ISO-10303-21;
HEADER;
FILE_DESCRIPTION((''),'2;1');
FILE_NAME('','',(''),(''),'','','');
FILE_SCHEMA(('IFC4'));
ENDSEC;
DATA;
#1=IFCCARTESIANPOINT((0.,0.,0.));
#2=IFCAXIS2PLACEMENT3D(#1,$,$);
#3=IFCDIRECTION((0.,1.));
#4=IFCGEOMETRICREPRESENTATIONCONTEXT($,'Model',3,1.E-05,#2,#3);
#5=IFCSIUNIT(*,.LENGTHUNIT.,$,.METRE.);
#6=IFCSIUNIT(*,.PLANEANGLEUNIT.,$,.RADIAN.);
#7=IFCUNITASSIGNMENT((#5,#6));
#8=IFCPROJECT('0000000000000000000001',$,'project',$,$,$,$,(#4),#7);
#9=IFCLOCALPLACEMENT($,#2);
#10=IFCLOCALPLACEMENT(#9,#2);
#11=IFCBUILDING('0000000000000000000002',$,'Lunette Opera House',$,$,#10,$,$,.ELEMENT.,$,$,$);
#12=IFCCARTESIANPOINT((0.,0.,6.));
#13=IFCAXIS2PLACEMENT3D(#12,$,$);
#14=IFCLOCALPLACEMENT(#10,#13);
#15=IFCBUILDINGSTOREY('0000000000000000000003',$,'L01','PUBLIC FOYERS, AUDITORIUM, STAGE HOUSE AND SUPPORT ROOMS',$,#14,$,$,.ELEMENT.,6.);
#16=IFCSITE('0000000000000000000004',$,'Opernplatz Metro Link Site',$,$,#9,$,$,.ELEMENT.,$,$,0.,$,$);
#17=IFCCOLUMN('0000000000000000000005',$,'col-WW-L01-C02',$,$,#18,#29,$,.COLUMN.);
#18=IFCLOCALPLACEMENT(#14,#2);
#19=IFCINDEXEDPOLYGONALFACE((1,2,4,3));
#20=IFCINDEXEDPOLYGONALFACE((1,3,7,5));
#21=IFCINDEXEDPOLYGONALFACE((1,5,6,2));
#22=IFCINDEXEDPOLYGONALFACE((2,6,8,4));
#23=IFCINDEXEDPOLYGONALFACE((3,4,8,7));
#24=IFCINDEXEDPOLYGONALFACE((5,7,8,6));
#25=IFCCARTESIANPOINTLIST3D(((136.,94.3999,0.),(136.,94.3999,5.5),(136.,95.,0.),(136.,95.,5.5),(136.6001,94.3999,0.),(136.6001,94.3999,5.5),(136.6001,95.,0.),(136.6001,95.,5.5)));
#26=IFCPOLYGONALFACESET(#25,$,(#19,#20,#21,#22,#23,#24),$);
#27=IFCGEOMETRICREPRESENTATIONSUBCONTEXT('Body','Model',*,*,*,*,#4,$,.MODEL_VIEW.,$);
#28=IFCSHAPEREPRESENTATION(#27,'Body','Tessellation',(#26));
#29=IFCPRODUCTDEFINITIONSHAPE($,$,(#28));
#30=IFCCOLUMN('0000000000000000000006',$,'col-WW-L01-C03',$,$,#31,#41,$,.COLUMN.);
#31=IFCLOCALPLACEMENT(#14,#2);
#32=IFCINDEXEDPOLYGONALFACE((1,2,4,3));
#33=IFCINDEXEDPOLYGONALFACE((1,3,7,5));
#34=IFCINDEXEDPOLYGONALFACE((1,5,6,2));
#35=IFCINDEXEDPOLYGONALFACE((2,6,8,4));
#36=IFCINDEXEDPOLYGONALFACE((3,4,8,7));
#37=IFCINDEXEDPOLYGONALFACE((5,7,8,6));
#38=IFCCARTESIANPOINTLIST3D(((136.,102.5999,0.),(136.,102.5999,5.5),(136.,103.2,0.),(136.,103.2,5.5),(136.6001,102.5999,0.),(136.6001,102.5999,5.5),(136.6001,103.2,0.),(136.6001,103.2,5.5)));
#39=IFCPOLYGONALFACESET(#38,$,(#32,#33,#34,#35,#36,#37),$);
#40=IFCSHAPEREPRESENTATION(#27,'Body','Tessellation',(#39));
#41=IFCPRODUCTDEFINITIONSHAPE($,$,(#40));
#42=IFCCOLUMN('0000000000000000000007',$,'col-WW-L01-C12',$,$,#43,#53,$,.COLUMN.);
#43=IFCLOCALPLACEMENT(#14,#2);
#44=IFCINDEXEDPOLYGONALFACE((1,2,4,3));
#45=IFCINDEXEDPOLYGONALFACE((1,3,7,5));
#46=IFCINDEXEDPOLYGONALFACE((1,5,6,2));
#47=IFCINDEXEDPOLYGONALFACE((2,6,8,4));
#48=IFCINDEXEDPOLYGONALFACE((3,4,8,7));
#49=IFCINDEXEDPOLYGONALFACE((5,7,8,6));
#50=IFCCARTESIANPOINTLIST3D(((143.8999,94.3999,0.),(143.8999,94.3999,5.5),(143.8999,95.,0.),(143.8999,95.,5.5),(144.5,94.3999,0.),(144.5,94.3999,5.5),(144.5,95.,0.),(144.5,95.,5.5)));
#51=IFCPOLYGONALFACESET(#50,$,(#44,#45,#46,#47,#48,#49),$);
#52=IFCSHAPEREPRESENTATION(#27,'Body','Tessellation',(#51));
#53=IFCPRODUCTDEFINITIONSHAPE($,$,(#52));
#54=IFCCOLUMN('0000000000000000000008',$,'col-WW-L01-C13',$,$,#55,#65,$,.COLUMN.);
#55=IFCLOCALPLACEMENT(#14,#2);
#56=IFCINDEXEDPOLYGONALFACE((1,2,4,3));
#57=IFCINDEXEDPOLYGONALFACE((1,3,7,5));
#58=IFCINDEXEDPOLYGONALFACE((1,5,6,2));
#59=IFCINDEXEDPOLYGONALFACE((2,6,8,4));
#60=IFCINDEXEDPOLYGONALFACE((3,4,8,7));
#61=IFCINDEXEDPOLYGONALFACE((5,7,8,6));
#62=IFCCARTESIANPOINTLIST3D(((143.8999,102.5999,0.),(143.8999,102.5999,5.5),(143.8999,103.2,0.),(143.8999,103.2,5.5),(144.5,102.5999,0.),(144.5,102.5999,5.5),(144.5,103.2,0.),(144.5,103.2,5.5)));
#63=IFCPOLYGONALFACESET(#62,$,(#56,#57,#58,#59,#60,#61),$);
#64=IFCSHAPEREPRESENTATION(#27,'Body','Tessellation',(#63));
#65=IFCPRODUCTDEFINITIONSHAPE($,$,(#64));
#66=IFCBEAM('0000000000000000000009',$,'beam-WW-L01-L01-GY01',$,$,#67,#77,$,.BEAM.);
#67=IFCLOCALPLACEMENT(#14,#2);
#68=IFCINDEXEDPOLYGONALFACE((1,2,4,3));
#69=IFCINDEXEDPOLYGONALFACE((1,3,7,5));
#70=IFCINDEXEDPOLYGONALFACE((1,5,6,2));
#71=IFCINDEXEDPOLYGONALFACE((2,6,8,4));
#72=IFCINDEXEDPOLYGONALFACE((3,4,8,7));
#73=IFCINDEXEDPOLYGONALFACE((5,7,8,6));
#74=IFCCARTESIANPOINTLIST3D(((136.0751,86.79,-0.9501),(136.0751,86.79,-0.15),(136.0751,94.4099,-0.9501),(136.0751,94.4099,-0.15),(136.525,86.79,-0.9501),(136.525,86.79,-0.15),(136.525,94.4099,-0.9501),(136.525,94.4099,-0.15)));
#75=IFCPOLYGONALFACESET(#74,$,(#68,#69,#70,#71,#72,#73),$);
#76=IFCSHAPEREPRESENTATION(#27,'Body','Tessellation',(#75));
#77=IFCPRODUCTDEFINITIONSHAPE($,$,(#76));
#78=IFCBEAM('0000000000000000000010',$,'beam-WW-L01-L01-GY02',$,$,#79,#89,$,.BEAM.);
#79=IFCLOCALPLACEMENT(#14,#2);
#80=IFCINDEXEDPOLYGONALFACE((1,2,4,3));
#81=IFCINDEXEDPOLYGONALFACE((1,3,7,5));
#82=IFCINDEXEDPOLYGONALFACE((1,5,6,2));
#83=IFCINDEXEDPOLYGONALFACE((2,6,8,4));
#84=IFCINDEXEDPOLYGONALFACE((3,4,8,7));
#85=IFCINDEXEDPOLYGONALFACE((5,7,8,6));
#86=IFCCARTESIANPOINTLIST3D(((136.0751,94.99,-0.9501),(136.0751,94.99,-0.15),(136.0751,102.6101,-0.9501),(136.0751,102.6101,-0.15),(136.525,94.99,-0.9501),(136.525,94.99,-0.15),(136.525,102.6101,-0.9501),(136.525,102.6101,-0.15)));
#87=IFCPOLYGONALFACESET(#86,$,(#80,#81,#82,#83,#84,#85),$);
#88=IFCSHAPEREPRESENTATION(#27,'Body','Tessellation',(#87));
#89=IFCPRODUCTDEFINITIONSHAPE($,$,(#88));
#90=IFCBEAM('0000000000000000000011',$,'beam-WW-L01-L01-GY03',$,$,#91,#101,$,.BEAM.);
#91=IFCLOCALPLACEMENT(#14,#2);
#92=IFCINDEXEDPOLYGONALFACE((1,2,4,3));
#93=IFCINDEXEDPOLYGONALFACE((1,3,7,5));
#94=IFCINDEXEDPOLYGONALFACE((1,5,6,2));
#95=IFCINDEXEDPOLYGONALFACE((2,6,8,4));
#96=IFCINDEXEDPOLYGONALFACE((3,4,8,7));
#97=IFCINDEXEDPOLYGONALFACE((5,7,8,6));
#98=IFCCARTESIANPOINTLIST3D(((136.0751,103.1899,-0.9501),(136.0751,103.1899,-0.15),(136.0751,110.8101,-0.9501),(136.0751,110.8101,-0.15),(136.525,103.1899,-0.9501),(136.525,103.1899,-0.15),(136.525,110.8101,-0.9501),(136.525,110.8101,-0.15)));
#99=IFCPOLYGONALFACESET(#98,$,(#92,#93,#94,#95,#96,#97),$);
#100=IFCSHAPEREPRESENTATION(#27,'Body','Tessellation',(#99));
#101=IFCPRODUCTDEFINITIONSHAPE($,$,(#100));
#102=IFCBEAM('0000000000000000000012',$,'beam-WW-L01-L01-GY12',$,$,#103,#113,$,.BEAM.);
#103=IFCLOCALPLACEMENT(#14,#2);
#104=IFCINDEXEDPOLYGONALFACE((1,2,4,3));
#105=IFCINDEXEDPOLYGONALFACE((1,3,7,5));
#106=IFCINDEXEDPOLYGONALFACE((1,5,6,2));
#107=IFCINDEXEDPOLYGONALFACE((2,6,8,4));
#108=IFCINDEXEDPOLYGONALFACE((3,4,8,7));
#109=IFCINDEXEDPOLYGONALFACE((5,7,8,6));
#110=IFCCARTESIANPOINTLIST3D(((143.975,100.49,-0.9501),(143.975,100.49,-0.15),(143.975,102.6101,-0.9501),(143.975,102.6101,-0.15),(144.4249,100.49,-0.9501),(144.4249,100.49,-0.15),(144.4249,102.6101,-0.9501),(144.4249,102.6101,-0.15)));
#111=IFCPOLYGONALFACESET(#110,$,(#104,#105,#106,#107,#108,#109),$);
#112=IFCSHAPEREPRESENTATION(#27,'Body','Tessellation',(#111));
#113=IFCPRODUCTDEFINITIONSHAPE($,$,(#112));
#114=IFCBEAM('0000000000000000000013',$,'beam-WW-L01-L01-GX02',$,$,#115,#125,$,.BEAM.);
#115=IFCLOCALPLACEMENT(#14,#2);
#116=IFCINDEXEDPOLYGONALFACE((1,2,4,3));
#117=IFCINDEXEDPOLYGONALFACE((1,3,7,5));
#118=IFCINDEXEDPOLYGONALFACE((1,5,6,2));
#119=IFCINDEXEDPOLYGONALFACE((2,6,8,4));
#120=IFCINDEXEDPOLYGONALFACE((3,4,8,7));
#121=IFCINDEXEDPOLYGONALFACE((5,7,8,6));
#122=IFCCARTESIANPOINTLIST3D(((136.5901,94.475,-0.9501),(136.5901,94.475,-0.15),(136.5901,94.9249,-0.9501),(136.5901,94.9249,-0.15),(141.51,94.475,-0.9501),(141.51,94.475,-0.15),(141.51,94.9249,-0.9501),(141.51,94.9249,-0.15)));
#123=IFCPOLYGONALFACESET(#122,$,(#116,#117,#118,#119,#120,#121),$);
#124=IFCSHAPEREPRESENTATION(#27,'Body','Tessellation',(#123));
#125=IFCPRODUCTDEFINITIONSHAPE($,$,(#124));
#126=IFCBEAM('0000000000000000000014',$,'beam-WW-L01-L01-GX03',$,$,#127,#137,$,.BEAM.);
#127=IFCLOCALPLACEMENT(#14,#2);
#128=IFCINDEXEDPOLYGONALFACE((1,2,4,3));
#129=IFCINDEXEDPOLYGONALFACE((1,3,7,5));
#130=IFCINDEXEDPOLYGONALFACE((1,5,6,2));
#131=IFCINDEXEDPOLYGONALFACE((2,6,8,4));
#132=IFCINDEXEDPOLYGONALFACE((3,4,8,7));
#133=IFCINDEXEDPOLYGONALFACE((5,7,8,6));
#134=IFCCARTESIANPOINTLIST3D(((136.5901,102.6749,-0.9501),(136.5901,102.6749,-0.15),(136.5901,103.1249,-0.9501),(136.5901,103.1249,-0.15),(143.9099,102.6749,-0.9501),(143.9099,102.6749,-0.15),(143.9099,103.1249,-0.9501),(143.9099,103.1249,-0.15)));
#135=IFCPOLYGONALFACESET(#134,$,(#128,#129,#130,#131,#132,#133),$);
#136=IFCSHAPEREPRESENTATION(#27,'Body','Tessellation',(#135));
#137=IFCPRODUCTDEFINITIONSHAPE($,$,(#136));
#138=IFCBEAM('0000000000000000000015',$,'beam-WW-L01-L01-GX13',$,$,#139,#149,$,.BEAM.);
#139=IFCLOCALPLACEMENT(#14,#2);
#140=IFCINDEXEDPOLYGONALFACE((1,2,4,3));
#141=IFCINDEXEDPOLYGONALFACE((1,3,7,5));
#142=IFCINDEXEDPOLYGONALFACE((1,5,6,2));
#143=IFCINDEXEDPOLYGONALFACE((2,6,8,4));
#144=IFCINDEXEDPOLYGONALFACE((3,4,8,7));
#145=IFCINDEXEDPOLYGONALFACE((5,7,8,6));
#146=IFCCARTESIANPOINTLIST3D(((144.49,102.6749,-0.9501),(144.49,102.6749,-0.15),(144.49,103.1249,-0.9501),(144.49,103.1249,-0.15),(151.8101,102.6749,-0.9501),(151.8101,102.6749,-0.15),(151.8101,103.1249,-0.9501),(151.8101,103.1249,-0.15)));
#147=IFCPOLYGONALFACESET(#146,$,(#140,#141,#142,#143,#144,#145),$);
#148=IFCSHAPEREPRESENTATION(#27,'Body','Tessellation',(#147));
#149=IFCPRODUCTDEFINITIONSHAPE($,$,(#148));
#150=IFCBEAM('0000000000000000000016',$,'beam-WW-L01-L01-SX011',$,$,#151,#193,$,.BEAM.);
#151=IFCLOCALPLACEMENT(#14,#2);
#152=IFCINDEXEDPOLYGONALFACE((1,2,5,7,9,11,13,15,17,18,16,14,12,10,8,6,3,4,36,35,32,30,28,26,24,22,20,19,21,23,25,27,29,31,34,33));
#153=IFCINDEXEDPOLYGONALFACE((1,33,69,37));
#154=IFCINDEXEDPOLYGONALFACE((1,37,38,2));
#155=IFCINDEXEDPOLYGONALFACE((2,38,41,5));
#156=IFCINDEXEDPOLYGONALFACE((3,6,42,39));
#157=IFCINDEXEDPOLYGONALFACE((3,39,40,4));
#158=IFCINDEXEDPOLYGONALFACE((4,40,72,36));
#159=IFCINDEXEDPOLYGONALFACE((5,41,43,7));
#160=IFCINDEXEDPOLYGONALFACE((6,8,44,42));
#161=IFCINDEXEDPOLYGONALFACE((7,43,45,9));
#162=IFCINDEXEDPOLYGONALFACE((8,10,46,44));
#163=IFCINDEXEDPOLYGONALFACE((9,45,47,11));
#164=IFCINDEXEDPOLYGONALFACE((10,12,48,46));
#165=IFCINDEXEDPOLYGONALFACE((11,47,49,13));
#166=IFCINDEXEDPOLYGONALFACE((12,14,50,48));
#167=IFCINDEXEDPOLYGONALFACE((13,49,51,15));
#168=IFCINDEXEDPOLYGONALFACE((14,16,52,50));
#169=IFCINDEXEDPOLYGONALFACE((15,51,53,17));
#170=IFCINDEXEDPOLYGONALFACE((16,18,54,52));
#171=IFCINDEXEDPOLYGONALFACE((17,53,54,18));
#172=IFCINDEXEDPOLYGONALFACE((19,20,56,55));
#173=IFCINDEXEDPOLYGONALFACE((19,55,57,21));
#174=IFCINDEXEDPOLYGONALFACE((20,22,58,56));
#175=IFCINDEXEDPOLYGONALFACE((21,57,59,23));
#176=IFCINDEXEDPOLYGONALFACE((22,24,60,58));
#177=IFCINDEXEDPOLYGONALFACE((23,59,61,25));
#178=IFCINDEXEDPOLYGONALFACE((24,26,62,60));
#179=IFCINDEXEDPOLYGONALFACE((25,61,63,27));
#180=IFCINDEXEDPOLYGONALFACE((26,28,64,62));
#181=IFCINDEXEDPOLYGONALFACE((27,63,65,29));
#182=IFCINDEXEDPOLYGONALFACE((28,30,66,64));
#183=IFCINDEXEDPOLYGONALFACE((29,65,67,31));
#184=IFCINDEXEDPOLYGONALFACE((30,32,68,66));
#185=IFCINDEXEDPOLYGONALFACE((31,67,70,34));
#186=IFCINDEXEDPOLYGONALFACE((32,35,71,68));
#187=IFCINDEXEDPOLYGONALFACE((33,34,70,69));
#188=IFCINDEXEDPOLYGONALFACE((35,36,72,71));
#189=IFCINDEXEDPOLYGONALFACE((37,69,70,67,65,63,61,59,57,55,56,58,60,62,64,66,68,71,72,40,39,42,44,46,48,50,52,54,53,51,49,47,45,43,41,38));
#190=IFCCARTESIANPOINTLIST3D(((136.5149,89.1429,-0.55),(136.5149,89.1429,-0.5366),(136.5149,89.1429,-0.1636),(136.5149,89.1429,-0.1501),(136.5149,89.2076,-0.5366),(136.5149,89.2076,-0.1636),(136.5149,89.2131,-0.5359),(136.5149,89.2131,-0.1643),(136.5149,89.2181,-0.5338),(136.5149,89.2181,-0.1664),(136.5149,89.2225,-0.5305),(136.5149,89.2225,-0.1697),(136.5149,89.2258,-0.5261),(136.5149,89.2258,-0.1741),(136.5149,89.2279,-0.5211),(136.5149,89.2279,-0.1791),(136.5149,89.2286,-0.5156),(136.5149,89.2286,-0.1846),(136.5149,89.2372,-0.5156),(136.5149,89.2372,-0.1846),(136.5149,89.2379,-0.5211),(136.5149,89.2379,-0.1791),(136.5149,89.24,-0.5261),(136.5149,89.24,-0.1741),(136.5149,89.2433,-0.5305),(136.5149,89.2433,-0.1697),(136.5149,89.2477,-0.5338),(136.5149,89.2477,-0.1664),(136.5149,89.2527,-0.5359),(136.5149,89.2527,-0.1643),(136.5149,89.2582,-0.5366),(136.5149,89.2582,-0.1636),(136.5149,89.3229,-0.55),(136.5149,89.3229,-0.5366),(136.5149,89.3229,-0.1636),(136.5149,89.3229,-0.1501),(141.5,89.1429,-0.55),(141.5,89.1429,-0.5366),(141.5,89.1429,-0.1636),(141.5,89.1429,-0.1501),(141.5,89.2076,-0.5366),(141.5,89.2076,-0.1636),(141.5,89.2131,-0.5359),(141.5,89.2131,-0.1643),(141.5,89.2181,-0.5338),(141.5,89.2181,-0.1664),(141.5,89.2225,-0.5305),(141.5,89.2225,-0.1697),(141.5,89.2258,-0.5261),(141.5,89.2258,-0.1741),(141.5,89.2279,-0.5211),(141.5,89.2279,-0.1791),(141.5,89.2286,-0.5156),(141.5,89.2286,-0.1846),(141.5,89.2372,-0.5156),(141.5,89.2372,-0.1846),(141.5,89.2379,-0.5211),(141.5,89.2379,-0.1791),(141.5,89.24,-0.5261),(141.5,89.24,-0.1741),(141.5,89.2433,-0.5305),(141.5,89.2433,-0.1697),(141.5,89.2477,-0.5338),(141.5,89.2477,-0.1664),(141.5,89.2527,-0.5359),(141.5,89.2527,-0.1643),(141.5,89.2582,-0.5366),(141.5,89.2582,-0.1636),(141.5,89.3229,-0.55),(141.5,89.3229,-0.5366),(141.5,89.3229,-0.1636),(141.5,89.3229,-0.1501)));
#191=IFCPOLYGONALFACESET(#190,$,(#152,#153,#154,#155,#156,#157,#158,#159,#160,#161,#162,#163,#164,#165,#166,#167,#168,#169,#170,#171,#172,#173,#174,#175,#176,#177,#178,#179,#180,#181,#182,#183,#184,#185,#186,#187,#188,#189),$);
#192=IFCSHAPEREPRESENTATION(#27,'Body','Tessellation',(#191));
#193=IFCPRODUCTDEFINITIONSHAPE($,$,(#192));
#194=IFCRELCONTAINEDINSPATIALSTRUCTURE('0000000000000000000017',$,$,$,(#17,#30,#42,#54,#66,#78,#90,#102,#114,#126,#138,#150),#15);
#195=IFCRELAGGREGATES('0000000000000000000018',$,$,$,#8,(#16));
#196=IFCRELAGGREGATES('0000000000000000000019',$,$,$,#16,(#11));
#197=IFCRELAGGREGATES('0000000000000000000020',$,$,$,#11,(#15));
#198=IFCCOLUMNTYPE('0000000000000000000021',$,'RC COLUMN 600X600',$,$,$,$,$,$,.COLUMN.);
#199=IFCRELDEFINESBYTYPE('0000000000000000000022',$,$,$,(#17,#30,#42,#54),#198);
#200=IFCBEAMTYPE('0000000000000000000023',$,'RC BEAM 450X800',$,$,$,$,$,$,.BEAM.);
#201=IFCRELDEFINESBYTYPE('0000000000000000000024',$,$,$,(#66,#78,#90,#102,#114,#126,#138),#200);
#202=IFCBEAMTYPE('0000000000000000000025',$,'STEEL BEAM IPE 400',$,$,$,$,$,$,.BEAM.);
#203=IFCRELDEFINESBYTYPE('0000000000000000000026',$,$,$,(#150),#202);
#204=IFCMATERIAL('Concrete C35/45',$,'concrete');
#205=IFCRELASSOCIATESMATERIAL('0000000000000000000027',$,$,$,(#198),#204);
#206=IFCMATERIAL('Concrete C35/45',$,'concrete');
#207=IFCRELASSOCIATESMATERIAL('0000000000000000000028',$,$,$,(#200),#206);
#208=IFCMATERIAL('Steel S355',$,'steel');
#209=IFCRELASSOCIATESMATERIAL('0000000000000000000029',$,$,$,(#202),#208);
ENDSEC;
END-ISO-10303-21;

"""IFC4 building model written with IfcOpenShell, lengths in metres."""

from ifc_helpers import new_model, si_unit, direction, frame, origin, origin_2d, place, context, subcontext, project, spatial, rectangle, i_section, extrude, material, material_profile, profile_set, type_object, element, save


model = new_model("IFC4")

# Units and contexts
model_context = context("Model", 3, precision=1e-05, world=origin(), true_north=direction((0.0, 1.0)))
body_context = subcontext(model_context, "Body", "Model", "MODEL_VIEW")
ifc_project = project(units=[si_unit("LENGTHUNIT", "METRE"), si_unit("PLANEANGLEUNIT", "RADIAN")], contexts=[model_context])

# Site, building, storey
site_placement = place(None, origin())
site = spatial("IfcSite", under=ifc_project, at=site_placement, Name="Opernplatz Metro Link Site", CompositionType="ELEMENT", RefElevation=0.0)
building_placement = place(site_placement, origin())
building = spatial("IfcBuilding", under=site, at=building_placement, Name="Lunette Opera House", CompositionType="ELEMENT")
storey_placement = place(building_placement, frame((0.0, 0.0, 6.0)))
storey = spatial("IfcBuildingStorey", under=building, at=storey_placement, Name="L01", Description="PUBLIC FOYERS, AUDITORIUM, STAGE HOUSE AND SUPPORT ROOMS", CompositionType="ELEMENT", Elevation=6.0)

# Columns
ifc_material_1 = material(Name="Concrete C35/45", Category="concrete")
ifc_material_profile_1 = material_profile(ifc_material_1, rectangle(XDim=0.6001, YDim=0.6001, at=origin_2d()), Name="RC COLUMN 600X600")
ifc_profile_set_1 = profile_set([ifc_material_profile_1], Name="Concrete C35/45")
column_type = type_object("IfcColumnType", Name="RC COLUMN 600X600", PredefinedType="COLUMN", material=ifc_profile_set_1)
for number, where, z_axis, x_axis, name in (
    (1, (136.3, 94.7, 0.0), (0.0, 0.0, 1.0), (1.0, 0.0, 0.0), "col-WW-L01-C02"),
    (2, (136.3, 102.8999, 0.0), (0.0, 0.0, 1.0), (1.0, 0.0, 0.0), "col-WW-L01-C03"),
    (3, (144.2, 94.7, 0.0), (0.0, 0.0, 1.0), (1.0, 0.0, 0.0), "col-WW-L01-C12"),
    (4, (144.2, 102.8999, 0.0), (0.0, 0.0, 1.0), (1.0, 0.0, 0.0), "col-WW-L01-C13"),
):
    element("IfcColumn", number, at=place(storey_placement, frame(where, z_axis=z_axis, x_axis=x_axis)), inside=storey, type_object=column_type, Name=name, PredefinedType="COLUMN", context=body_context, shape_type="SweptSolid", body=[
        extrude(rectangle(XDim=0.6001, YDim=0.6001, at=origin_2d()), origin(), (0.0, 0.0, 1.0), 5.5),
    ])

# Beams
ifc_material_2 = material(Name="Concrete C35/45", Category="concrete")
ifc_material_profile_2 = material_profile(ifc_material_2, rectangle(XDim=0.45, YDim=0.8, at=origin_2d()), Name="RC BEAM 450X800")
ifc_profile_set_2 = profile_set([ifc_material_profile_2], Name="Concrete C35/45")
beam_type_1 = type_object("IfcBeamType", Name="RC BEAM 450X800", PredefinedType="BEAM", material=ifc_profile_set_2)
beam_1_placement = place(storey_placement, frame((136.3, 86.79, -0.55), z_axis=(0.0, 1.0, 0.0), x_axis=(-1.0, 0.0, 0.0)))
element("IfcBeam", 5, at=beam_1_placement, inside=storey, type_object=beam_type_1, Name="beam-WW-L01-L01-GY01", PredefinedType="BEAM", context=body_context, shape_type="SweptSolid", body=[
    extrude(rectangle(XDim=0.45, YDim=0.8, at=origin_2d()), origin(), (0.0, 0.0, 1.0), 7.6199),
])
for number, where, z_axis, x_axis, name in (
    (6, (136.3, 94.99, -0.55), (0.0, 1.0, 0.0), (-1.0, 0.0, 0.0), "beam-WW-L01-L01-GY02"),
    (7, (136.3, 103.1899, -0.55), (0.0, 1.0, 0.0), (-1.0, 0.0, 0.0), "beam-WW-L01-L01-GY03"),
):
    element("IfcBeam", number, at=place(storey_placement, frame(where, z_axis=z_axis, x_axis=x_axis)), inside=storey, type_object=beam_type_1, Name=name, PredefinedType="BEAM", context=body_context, shape_type="SweptSolid", body=[
        extrude(rectangle(XDim=0.45, YDim=0.8, at=origin_2d()), origin(), (0.0, 0.0, 1.0), 7.6201),
    ])
beam_2_placement = place(storey_placement, frame((144.2, 100.49, -0.55), z_axis=(0.0, 1.0, 0.0), x_axis=(-1.0, 0.0, 0.0)))
element("IfcBeam", 8, at=beam_2_placement, inside=storey, type_object=beam_type_1, Name="beam-WW-L01-L01-GY12", PredefinedType="BEAM", context=body_context, shape_type="SweptSolid", body=[
    extrude(rectangle(XDim=0.45, YDim=0.8, at=origin_2d()), origin(), (0.0, 0.0, 1.0), 2.1201),
])
beam_3_placement = place(storey_placement, frame((136.5901, 94.7, -0.55), z_axis=(1.0, 0.0, 0.0), x_axis=(0.0, 1.0, 0.0)))
element("IfcBeam", 9, at=beam_3_placement, inside=storey, type_object=beam_type_1, Name="beam-WW-L01-L01-GX02", PredefinedType="BEAM", context=body_context, shape_type="SweptSolid", body=[
    extrude(rectangle(XDim=0.45, YDim=0.8, at=origin_2d()), origin(), (0.0, 0.0, 1.0), 4.9199),
])
beam_4_placement = place(storey_placement, frame((136.5901, 102.8999, -0.55), z_axis=(1.0, 0.0, 0.0), x_axis=(0.0, 1.0, 0.0)))
element("IfcBeam", 10, at=beam_4_placement, inside=storey, type_object=beam_type_1, Name="beam-WW-L01-L01-GX03", PredefinedType="BEAM", context=body_context, shape_type="SweptSolid", body=[
    extrude(rectangle(XDim=0.45, YDim=0.8, at=origin_2d()), origin(), (0.0, 0.0, 1.0), 7.3198),
])
beam_5_placement = place(storey_placement, frame((144.49, 102.8999, -0.55), z_axis=(1.0, 0.0, 0.0), x_axis=(0.0, 1.0, 0.0)))
element("IfcBeam", 11, at=beam_5_placement, inside=storey, type_object=beam_type_1, Name="beam-WW-L01-L01-GX13", PredefinedType="BEAM", context=body_context, shape_type="SweptSolid", body=[
    extrude(rectangle(XDim=0.45, YDim=0.8, at=origin_2d()), origin(), (0.0, 0.0, 1.0), 7.3201),
])
ifc_material_3 = material(Name="Steel S355", Category="steel")
ifc_material_profile_3 = material_profile(ifc_material_3, i_section(OverallWidth=0.1799, OverallDepth=0.3999, WebThickness=0.0085, FlangeThickness=0.0134, FilletRadius=0.021, at=origin_2d()), Name="IPE 400")
ifc_profile_set_3 = profile_set([ifc_material_profile_3], Name="Steel S355")
beam_type_2 = type_object("IfcBeamType", Name="STEEL BEAM IPE 400", PredefinedType="BEAM", material=ifc_profile_set_3)
for number, where, z_axis, x_axis, name in (
    (12, (136.5149, 89.2329, -0.3501), (1.0, 0.0, 0.0), (0.0, 1.0, 0.0), "beam-WW-L01-L01-SX011"),
):
    element("IfcBeam", number, at=place(storey_placement, frame(where, z_axis=z_axis, x_axis=x_axis)), inside=storey, type_object=beam_type_2, Name=name, PredefinedType="BEAM", context=body_context, shape_type="SweptSolid", body=[
        extrude(i_section(OverallWidth=0.1799, OverallDepth=0.3999, WebThickness=0.0085, FlangeThickness=0.0134, FilletRadius=0.021, at=origin_2d()), origin(), (0.0, 0.0, 1.0), 4.9851),
    ])

save(model, "model.ifc")
